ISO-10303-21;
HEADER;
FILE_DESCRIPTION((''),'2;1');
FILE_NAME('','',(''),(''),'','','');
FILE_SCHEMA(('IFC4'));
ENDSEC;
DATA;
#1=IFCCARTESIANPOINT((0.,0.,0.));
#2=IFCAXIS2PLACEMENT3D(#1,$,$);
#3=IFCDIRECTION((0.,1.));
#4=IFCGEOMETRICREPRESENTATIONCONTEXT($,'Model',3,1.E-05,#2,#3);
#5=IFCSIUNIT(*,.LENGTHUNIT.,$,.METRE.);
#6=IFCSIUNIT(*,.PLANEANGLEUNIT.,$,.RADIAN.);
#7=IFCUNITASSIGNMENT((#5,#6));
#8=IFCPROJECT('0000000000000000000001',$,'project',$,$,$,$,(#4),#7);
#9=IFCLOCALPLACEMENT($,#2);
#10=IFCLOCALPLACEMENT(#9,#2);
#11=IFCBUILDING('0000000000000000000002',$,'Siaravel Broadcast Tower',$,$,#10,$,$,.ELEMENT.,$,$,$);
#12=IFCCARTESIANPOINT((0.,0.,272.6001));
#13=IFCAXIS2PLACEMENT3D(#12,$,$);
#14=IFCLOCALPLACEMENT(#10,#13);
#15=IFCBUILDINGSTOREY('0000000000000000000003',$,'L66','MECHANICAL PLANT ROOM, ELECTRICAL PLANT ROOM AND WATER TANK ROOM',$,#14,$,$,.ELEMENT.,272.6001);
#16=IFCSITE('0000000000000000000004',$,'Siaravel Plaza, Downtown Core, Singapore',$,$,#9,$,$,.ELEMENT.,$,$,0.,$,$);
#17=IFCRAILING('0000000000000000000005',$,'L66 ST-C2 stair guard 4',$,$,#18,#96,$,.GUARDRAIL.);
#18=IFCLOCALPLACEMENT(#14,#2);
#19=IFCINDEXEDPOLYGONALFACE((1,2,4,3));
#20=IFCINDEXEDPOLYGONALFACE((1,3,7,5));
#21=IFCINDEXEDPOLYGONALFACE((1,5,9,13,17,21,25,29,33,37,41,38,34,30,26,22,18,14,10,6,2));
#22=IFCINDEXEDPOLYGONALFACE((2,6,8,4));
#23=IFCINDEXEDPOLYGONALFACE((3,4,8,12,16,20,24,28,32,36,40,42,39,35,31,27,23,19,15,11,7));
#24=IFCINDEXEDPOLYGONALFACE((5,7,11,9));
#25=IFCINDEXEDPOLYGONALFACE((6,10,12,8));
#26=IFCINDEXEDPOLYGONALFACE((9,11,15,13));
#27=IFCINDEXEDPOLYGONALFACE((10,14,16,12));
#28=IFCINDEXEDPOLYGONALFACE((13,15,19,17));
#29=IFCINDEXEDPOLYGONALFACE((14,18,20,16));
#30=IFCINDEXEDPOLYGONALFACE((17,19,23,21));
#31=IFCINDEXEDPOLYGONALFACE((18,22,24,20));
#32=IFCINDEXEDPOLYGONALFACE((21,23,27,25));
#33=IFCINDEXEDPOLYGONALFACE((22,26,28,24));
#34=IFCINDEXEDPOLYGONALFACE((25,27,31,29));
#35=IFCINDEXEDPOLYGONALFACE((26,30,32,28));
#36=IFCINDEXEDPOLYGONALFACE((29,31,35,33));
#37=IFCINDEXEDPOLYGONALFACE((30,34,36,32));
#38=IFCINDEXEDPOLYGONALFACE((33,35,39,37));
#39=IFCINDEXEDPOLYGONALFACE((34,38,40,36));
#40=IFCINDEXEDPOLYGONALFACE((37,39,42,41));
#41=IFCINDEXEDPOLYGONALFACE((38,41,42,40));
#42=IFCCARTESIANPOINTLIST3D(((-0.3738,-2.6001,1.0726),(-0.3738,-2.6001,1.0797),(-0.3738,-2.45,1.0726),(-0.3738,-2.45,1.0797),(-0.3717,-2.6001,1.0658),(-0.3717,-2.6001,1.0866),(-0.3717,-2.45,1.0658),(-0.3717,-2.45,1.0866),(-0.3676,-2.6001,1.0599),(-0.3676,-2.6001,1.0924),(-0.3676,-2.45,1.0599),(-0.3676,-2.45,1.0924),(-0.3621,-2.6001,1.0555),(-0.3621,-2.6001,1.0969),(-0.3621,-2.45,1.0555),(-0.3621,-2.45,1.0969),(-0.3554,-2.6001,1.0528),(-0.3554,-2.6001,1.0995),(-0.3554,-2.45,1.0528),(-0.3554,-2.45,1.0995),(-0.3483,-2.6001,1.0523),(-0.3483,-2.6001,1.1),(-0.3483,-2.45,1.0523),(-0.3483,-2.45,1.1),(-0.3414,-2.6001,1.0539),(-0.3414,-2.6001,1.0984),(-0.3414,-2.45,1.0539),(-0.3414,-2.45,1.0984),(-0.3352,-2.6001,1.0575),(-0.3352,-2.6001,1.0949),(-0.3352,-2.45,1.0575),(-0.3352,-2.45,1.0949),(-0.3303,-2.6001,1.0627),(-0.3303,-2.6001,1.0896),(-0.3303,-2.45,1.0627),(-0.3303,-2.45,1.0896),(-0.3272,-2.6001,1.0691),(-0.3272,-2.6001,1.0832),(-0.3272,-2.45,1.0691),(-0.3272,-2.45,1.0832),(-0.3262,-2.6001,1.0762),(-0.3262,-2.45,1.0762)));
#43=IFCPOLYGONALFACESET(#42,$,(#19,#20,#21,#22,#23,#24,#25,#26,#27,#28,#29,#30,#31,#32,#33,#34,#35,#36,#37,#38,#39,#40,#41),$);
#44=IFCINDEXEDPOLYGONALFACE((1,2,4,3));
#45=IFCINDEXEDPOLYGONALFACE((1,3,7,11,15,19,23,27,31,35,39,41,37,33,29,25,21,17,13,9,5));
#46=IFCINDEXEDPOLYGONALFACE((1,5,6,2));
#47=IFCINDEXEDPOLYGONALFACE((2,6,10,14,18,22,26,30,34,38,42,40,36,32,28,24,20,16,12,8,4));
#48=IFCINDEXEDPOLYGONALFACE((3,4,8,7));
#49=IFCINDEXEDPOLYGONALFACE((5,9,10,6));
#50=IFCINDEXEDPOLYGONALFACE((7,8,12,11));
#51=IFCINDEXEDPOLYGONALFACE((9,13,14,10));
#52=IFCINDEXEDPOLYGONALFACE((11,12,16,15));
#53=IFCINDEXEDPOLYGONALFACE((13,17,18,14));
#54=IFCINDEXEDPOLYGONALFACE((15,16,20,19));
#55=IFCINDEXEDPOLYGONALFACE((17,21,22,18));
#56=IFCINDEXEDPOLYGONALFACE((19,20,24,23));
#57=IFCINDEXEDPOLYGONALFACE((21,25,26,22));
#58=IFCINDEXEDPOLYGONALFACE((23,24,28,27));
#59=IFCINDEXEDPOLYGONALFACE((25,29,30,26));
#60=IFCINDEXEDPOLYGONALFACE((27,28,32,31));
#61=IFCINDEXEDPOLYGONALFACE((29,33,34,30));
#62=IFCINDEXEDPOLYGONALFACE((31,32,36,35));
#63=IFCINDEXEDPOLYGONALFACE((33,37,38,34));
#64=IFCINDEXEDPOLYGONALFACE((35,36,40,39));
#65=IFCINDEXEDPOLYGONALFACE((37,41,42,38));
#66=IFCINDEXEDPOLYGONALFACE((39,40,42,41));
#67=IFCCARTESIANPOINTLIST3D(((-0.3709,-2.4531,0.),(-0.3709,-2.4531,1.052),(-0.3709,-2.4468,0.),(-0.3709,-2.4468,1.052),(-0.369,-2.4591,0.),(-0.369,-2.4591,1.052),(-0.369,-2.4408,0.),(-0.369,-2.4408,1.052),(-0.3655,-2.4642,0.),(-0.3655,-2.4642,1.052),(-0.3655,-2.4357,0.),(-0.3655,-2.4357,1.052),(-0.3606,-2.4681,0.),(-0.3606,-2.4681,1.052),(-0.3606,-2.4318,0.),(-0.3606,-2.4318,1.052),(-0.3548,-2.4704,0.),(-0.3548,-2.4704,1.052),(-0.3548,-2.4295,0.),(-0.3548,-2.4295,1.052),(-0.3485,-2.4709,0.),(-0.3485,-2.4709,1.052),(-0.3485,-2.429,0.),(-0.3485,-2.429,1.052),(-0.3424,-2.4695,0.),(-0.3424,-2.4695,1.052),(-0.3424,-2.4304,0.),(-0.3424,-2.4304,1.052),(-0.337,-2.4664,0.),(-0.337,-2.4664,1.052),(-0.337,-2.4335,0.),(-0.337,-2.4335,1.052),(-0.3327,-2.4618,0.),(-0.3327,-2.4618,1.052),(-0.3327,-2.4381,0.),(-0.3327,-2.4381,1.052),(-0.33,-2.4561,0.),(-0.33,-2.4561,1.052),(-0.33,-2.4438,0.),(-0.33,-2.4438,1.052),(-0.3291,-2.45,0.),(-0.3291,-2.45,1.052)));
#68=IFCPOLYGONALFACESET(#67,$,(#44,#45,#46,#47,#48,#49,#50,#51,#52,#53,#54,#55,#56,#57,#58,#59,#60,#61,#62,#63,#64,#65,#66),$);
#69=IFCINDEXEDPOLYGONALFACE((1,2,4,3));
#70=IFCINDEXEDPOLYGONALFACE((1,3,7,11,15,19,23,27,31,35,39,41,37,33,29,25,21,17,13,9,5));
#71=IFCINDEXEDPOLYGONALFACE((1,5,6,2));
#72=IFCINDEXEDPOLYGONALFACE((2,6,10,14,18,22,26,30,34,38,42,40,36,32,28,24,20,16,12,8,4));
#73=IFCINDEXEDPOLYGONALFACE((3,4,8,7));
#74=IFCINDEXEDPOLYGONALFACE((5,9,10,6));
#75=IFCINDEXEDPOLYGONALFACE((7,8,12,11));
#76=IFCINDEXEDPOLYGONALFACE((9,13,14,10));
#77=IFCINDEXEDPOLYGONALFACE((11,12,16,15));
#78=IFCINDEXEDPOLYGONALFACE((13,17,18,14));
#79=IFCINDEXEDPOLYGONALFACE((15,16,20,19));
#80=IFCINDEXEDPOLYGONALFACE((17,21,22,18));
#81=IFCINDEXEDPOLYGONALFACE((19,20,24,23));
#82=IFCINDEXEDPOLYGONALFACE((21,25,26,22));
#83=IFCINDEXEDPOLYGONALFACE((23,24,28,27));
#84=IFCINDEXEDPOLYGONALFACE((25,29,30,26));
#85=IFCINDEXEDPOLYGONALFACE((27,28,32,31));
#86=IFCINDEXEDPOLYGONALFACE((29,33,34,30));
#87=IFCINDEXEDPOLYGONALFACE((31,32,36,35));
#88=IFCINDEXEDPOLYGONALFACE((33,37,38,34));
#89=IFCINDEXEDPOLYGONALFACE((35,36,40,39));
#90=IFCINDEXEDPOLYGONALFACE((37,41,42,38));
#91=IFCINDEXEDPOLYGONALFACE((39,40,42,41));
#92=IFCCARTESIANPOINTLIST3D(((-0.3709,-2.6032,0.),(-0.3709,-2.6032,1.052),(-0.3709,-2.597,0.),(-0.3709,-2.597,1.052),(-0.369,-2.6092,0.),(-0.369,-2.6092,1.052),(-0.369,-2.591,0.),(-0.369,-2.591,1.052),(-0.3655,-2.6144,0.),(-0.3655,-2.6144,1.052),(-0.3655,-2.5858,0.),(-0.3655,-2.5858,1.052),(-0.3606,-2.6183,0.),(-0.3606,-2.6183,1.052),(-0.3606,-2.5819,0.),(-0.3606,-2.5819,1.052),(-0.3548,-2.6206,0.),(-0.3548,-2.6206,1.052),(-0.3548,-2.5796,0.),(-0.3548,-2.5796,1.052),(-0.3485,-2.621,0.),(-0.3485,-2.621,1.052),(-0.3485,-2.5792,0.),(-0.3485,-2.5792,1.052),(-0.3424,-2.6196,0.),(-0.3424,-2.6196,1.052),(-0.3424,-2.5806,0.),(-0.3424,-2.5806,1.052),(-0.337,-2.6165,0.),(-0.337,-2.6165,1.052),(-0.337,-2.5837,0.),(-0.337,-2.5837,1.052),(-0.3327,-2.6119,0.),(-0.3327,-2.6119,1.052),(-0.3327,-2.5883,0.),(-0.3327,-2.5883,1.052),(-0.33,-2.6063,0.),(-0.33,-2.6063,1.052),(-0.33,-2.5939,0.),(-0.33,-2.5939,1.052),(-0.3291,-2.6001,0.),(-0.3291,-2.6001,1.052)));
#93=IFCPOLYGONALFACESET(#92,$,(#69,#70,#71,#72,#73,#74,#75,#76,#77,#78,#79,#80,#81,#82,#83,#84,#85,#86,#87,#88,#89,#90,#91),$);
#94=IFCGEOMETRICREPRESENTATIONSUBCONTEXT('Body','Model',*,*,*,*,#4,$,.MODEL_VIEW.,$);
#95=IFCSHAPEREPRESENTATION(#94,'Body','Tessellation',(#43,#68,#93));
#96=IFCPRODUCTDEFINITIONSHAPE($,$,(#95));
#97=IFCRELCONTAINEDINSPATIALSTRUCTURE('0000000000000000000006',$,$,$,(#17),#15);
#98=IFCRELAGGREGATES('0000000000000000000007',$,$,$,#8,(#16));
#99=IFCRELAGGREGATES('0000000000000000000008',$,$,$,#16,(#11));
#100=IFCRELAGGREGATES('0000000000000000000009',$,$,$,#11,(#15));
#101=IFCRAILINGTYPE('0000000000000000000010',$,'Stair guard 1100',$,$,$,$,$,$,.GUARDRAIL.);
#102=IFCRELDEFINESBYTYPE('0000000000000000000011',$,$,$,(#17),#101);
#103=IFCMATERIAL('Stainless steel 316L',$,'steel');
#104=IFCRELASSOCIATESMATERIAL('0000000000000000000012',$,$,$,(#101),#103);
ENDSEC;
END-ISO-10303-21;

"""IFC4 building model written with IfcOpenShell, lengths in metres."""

from ifc_helpers import new_model, si_unit, direction, frame, origin, origin_2d, place, context, subcontext, project, spatial, circle, extrude, material, type_object, element, save


model = new_model("IFC4")

# Units and contexts
model_context = context("Model", 3, precision=1e-05, world=origin(), true_north=direction((0.0, 1.0)))
body_context = subcontext(model_context, "Body", "Model", "MODEL_VIEW")
ifc_project = project(units=[si_unit("LENGTHUNIT", "METRE"), si_unit("PLANEANGLEUNIT", "RADIAN")], contexts=[model_context])

# Site, building, storey
site_placement = place(None, origin())
site = spatial("IfcSite", under=ifc_project, at=site_placement, Name="Siaravel Plaza, Downtown Core, Singapore", CompositionType="ELEMENT", RefElevation=0.0)
building_placement = place(site_placement, origin())
building = spatial("IfcBuilding", under=site, at=building_placement, Name="Siaravel Broadcast Tower", CompositionType="ELEMENT")
storey_placement = place(building_placement, frame((0.0, 0.0, 272.6001)))
storey = spatial("IfcBuildingStorey", under=building, at=storey_placement, Name="L66", Description="MECHANICAL PLANT ROOM, ELECTRICAL PLANT ROOM AND WATER TANK ROOM", CompositionType="ELEMENT", Elevation=272.6001)

# Shared definitions
ifc_material_1 = material(Name="Stainless steel 316L", Category="steel")

# Railing
railing_type_1 = type_object("IfcRailingType", Name="Stair guard 1100", PredefinedType="GUARDRAIL", material=ifc_material_1)
railing_1_placement = place(storey_placement, frame((-0.3501, -2.45, 0.0)))
element("IfcRailing", 1, at=railing_1_placement, inside=storey, type_object=railing_type_1, Name="L66 ST-C2 stair guard 4", PredefinedType="GUARDRAIL", context=body_context, shape_type="SweptSolid", body=[
    extrude(circle(Radius=0.0239, at=origin_2d()), frame((0.0, 0.0, 1.0762), z_axis=(0.0, -1.0, 0.0), x_axis=(1.0, 0.0, 0.0)), (0.0, 0.0, 1.0), 0.1501),
    extrude(circle(Radius=0.021, at=origin_2d()), origin(), (0.0, 0.0, 1.0), 1.052),
    extrude(circle(Radius=0.021, at=origin_2d()), frame((0.0, -0.1501, 0.0)), (0.0, 0.0, 1.0), 1.052),
])

save(model, "model.ifc")
